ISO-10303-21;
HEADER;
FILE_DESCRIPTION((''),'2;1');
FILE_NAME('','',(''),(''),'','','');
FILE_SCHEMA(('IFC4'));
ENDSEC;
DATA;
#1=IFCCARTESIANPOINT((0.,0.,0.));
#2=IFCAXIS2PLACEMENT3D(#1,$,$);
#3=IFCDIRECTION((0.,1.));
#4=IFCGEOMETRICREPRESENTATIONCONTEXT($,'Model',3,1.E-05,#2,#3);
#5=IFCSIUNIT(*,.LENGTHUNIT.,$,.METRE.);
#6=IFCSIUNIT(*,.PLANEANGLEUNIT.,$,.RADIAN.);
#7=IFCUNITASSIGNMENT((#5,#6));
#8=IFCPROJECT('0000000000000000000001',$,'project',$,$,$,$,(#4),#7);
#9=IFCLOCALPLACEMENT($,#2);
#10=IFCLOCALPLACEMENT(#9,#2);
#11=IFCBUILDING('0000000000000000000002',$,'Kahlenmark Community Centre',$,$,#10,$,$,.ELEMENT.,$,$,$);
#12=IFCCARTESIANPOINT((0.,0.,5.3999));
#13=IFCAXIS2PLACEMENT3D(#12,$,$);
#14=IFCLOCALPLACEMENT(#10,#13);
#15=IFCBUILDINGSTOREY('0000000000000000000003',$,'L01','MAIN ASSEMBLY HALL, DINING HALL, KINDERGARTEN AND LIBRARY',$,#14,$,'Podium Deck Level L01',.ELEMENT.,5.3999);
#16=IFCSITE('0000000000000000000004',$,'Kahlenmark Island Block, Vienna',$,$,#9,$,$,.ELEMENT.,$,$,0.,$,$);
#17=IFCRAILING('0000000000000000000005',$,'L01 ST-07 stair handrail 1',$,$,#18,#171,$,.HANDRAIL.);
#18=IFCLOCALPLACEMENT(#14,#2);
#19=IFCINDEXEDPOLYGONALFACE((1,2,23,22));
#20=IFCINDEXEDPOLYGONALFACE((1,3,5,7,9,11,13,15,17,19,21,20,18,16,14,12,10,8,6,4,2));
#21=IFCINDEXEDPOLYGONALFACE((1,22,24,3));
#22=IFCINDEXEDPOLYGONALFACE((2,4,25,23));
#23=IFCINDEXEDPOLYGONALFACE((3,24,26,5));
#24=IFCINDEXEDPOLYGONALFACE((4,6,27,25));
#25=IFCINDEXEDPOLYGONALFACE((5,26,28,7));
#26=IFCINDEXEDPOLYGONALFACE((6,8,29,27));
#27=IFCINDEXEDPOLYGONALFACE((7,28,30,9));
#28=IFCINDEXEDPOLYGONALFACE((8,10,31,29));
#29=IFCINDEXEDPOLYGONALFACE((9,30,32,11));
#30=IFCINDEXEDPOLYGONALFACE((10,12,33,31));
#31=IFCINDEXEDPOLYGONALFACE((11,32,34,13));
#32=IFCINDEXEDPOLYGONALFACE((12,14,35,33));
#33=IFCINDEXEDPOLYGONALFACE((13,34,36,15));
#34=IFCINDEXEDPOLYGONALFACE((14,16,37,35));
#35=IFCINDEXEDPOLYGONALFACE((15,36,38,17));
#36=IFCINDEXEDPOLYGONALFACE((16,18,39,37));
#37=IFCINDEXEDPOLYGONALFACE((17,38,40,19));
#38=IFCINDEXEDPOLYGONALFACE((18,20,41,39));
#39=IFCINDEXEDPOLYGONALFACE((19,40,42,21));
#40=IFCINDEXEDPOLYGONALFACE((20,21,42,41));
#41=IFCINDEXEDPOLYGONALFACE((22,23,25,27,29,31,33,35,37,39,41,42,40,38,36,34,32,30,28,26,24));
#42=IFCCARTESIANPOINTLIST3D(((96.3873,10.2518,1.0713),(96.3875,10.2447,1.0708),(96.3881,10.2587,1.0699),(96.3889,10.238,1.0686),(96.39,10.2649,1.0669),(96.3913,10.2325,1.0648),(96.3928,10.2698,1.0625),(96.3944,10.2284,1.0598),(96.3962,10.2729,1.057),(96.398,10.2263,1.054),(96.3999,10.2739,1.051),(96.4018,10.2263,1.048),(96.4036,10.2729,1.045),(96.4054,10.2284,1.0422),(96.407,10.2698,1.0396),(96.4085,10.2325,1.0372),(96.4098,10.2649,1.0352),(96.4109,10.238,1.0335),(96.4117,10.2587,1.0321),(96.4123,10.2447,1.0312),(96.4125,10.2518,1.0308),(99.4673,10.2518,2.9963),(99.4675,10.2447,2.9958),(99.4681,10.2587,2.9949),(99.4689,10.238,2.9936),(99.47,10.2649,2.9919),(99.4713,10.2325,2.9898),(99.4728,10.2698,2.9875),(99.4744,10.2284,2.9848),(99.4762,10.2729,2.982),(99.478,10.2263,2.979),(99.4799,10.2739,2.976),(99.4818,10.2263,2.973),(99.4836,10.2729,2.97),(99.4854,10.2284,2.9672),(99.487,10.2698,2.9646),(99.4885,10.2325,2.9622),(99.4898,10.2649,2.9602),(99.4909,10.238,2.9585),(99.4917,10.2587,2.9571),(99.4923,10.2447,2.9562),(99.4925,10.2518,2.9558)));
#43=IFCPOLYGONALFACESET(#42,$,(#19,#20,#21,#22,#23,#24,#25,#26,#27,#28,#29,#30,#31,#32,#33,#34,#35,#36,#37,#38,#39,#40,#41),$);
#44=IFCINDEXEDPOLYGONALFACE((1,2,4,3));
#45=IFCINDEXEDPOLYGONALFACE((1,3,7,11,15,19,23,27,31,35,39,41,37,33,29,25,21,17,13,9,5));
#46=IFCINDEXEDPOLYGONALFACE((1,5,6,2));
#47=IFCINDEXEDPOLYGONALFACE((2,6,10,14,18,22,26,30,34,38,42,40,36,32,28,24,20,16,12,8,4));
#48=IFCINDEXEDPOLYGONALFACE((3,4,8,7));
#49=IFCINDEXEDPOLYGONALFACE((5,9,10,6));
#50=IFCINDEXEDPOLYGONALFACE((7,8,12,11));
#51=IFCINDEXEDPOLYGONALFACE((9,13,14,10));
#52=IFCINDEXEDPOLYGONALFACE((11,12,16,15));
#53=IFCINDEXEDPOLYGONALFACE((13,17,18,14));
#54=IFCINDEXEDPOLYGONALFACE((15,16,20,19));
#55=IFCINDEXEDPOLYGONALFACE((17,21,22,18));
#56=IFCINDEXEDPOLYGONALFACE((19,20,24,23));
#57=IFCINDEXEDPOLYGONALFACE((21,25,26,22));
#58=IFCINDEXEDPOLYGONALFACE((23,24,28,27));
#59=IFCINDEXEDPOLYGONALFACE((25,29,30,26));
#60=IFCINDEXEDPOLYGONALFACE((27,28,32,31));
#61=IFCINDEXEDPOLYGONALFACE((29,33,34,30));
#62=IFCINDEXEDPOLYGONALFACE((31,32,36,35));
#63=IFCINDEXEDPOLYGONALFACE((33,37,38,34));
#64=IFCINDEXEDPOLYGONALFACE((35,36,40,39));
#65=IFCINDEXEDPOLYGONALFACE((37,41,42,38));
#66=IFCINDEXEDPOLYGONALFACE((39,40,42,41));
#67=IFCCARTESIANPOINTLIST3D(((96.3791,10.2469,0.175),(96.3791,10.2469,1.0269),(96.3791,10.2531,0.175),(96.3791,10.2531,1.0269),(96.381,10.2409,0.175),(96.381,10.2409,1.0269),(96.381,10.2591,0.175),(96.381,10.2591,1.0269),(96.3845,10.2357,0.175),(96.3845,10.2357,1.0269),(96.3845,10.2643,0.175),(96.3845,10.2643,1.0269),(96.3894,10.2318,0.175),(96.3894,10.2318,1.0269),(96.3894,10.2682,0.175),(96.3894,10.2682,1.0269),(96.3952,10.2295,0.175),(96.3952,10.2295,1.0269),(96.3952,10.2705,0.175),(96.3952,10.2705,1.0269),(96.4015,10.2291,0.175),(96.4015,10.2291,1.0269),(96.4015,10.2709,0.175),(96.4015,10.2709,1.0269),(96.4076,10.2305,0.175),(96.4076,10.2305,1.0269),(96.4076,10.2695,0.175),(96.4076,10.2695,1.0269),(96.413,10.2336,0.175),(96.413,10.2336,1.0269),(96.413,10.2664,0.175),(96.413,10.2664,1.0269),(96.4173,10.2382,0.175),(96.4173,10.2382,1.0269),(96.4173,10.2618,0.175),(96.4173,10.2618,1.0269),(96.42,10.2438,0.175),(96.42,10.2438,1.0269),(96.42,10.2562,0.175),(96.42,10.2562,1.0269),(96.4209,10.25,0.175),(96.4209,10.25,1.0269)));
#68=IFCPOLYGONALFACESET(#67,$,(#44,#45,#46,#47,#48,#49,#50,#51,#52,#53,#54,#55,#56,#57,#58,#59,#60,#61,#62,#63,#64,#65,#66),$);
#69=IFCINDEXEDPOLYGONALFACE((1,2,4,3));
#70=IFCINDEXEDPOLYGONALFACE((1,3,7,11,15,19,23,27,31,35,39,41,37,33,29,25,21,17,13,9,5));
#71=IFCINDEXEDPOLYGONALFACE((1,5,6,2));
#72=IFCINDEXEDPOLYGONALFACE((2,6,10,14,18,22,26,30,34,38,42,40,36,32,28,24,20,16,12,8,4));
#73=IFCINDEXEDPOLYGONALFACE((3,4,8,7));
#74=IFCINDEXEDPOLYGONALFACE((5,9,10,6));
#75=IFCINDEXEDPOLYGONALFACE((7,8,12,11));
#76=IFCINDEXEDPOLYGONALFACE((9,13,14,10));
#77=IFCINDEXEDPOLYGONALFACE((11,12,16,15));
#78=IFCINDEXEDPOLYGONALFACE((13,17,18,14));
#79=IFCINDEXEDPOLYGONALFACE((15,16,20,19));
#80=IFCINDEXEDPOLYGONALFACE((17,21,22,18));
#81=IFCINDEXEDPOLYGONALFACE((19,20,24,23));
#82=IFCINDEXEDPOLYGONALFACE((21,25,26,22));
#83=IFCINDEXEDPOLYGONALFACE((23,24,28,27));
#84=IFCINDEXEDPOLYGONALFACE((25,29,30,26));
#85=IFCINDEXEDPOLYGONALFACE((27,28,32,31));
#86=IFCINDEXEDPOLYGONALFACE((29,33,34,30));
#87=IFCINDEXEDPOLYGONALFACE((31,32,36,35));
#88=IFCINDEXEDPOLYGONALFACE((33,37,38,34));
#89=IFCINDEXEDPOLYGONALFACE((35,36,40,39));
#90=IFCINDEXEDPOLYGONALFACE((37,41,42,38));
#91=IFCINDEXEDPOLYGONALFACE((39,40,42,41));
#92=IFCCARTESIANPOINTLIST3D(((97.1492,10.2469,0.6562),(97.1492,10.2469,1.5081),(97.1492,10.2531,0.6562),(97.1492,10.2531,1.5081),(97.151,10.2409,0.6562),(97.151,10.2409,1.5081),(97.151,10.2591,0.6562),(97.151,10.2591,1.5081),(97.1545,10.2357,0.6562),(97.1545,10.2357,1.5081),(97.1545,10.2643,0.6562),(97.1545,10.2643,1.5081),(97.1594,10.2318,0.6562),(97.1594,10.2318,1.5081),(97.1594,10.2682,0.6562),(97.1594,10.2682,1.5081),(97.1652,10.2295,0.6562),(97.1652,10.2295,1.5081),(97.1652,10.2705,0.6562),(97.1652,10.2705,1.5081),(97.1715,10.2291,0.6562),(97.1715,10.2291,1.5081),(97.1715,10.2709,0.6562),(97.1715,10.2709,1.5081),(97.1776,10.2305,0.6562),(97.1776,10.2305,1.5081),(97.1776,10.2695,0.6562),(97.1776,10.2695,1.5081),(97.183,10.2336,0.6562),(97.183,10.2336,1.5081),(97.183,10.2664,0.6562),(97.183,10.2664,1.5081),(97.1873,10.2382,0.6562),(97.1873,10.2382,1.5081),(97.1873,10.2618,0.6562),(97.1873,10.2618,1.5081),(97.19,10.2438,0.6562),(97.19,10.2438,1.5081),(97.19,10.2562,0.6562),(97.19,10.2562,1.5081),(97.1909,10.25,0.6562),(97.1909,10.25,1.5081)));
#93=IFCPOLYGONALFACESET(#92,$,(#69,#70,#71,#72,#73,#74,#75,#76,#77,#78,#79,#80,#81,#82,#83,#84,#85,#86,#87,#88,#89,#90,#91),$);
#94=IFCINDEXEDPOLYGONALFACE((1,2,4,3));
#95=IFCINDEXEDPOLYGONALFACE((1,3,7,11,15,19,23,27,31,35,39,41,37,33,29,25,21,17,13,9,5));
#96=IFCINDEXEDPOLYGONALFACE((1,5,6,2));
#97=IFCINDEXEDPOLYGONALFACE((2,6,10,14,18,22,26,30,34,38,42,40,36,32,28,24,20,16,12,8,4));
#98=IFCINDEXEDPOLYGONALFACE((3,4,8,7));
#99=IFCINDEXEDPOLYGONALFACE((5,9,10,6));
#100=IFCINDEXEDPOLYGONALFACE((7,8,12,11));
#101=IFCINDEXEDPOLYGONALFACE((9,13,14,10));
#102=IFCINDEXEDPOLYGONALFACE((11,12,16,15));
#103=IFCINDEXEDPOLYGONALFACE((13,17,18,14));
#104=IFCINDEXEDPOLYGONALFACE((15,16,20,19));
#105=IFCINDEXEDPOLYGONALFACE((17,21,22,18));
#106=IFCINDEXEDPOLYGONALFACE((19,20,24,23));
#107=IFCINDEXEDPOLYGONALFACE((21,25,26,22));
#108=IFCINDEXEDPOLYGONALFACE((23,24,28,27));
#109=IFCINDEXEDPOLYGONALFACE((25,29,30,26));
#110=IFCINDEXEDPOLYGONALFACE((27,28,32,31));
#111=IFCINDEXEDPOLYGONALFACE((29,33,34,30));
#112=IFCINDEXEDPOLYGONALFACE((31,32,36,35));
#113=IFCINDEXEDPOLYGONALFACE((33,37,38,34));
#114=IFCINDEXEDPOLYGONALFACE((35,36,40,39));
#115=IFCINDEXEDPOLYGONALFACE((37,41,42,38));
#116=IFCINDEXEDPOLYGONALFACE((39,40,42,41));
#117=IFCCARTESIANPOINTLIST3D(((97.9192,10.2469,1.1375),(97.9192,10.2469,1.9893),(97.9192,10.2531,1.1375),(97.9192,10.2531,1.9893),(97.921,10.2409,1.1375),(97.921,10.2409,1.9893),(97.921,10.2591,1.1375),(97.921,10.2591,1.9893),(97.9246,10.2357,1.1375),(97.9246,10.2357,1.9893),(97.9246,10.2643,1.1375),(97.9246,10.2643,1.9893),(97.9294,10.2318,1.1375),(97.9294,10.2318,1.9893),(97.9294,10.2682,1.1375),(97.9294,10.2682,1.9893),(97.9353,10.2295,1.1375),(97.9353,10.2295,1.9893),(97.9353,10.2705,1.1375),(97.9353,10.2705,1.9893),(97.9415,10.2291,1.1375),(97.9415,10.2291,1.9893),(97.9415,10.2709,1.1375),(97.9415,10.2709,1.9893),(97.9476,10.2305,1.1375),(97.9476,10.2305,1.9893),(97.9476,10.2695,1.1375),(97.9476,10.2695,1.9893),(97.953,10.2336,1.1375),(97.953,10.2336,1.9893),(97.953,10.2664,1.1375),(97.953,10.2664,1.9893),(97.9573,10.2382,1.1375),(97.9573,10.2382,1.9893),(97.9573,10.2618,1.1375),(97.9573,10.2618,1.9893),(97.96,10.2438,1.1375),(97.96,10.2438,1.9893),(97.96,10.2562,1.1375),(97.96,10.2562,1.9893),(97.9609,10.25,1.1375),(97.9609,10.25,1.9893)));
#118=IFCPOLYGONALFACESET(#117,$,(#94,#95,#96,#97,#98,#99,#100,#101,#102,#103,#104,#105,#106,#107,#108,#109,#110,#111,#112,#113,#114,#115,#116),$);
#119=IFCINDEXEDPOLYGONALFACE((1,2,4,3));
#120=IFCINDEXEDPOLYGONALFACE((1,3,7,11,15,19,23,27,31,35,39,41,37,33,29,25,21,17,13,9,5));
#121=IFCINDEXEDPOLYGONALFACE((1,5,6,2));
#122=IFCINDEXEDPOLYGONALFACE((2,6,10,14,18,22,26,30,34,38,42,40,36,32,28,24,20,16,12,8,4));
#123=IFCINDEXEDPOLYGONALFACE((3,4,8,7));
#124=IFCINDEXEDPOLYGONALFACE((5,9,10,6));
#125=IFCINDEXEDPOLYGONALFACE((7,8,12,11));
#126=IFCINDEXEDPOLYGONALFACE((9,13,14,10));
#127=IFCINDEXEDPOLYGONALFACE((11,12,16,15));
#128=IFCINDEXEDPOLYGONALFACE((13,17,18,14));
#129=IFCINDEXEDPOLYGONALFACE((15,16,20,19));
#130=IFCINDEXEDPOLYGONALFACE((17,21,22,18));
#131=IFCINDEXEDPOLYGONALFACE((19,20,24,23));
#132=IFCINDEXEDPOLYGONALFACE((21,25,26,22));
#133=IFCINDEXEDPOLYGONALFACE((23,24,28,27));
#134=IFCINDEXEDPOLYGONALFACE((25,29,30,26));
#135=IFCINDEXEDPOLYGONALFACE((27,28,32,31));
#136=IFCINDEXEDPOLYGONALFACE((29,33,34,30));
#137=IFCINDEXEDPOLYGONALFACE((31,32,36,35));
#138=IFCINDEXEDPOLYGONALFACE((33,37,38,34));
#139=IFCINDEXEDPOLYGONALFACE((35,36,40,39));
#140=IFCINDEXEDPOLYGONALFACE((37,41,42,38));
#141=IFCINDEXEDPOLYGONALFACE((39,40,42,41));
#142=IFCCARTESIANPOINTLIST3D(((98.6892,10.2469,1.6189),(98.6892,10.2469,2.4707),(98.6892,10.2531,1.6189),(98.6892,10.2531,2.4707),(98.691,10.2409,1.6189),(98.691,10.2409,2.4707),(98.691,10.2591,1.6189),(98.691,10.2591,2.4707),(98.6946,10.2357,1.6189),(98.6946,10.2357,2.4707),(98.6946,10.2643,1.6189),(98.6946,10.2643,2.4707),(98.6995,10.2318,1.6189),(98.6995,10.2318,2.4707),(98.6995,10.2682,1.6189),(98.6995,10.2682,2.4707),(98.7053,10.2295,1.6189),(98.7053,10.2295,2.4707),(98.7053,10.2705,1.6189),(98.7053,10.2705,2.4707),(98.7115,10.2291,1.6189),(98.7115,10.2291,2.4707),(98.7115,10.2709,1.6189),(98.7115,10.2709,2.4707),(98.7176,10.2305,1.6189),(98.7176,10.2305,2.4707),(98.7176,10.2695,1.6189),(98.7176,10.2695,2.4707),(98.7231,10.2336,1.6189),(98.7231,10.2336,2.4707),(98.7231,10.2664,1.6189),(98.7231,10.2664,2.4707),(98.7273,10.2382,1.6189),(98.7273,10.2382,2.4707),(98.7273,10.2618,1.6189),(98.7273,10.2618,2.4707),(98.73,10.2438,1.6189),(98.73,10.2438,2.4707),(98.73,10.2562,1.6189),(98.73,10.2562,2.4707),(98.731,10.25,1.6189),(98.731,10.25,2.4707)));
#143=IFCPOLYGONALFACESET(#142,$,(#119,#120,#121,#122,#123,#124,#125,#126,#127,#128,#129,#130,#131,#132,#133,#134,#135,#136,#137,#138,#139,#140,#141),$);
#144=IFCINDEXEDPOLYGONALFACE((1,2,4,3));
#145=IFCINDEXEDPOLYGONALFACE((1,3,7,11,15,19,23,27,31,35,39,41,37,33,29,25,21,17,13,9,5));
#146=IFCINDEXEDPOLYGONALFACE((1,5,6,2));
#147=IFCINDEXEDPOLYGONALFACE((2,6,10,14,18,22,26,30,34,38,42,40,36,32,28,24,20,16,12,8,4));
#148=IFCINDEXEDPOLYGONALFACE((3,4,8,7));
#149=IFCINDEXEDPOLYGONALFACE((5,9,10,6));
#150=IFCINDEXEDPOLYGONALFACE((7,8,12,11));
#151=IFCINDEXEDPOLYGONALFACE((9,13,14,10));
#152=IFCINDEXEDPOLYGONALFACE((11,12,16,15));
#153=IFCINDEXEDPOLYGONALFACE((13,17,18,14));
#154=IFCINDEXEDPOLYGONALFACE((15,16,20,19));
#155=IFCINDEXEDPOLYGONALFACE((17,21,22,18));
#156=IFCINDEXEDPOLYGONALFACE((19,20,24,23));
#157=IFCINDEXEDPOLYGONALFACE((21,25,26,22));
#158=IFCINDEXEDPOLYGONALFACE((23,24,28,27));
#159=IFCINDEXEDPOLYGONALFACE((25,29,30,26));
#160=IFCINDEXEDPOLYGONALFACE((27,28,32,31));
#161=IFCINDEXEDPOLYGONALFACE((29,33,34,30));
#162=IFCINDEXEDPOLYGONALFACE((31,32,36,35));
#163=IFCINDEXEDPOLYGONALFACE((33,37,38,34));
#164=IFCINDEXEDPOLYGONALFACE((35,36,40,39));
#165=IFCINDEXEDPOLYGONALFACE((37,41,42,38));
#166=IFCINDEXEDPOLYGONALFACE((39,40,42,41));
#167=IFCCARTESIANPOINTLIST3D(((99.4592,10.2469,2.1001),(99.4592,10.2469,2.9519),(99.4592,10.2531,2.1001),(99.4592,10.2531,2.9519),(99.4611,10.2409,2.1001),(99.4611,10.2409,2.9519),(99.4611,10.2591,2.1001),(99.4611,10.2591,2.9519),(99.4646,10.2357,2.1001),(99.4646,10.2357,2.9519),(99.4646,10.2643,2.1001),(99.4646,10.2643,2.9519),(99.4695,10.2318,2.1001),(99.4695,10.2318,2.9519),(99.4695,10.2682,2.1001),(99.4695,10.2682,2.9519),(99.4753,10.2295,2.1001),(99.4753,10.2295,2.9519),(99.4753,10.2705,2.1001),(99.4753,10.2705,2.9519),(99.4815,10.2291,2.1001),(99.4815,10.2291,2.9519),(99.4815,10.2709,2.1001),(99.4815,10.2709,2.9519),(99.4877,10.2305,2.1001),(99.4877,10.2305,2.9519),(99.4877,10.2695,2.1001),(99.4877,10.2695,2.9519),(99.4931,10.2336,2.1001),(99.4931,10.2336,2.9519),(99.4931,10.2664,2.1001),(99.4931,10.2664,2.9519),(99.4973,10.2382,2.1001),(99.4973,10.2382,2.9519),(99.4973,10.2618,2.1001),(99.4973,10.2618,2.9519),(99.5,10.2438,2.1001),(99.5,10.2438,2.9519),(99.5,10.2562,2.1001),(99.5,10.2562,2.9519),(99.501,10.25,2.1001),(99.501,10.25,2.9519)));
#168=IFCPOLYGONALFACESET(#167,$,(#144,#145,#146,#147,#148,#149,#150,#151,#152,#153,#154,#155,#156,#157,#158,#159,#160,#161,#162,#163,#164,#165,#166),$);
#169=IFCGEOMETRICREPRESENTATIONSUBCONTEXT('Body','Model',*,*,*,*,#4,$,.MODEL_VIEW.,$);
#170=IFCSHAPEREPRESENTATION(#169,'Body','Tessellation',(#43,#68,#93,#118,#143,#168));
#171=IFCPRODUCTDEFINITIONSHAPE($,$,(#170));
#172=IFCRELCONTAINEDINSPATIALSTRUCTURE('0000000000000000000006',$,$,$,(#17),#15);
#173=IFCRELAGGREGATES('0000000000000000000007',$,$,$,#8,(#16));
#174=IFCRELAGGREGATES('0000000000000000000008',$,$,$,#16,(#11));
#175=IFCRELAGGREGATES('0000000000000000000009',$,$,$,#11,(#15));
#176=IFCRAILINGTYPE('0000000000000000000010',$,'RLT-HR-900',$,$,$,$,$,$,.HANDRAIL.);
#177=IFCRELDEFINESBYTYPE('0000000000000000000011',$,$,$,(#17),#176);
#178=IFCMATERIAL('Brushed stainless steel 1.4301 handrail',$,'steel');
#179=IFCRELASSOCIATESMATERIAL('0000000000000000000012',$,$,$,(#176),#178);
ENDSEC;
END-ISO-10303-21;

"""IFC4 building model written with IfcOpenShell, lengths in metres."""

from ifc_helpers import new_model, si_unit, direction, frame, origin, origin_2d, place, context, subcontext, project, spatial, circle, extrude, material, type_object, element, save


model = new_model("IFC4")

# Units and contexts
model_context = context("Model", 3, precision=1e-05, world=origin(), true_north=direction((0.0, 1.0)))
body_context = subcontext(model_context, "Body", "Model", "MODEL_VIEW")
ifc_project = project(units=[si_unit("LENGTHUNIT", "METRE"), si_unit("PLANEANGLEUNIT", "RADIAN")], contexts=[model_context])

# Site, building, storey
site_placement = place(None, origin())
site = spatial("IfcSite", under=ifc_project, at=site_placement, Name="Kahlenmark Island Block, Vienna", CompositionType="ELEMENT", RefElevation=0.0)
building_placement = place(site_placement, origin())
building = spatial("IfcBuilding", under=site, at=building_placement, Name="Kahlenmark Community Centre", CompositionType="ELEMENT")
storey_placement = place(building_placement, frame((0.0, 0.0, 5.3999)))
storey = spatial("IfcBuildingStorey", under=building, at=storey_placement, Name="L01", Description="MAIN ASSEMBLY HALL, DINING HALL, KINDERGARTEN AND LIBRARY", LongName="Podium Deck Level L01", CompositionType="ELEMENT", Elevation=5.3999)

# Railing
ifc_material_1 = material(Name="Brushed stainless steel 1.4301 handrail", Category="steel")
railing_type_1 = type_object("IfcRailingType", Name="RLT-HR-900", PredefinedType="HANDRAIL", material=ifc_material_1)
railing_1_placement = place(storey_placement, frame((96.3999, 10.25, 0.175)))
element("IfcRailing", 1, at=railing_1_placement, inside=storey, type_object=railing_type_1, Name="L01 ST-07 stair handrail 1", PredefinedType="HANDRAIL", context=body_context, shape_type="SweptSolid", body=[
    extrude(circle(Radius=0.0239, at=origin_2d()), frame((0.0, 0.0, 0.876), z_axis=(0.847998, 0.0, 0.529999), x_axis=(0.0, 1.0, 0.0)), (0.0, 0.0, 1.0), 3.6321),
    extrude(circle(Radius=0.021, at=origin_2d()), origin(), (0.0, 0.0, 1.0), 0.8518),
    extrude(circle(Radius=0.021, at=origin_2d()), frame((0.77, 0.0, 0.4812)), (0.0, 0.0, 1.0), 0.8518),
    extrude(circle(Radius=0.021, at=origin_2d()), frame((1.54, 0.0, 0.9624)), (0.0, 0.0, 1.0), 0.8518),
    extrude(circle(Radius=0.021, at=origin_2d()), frame((2.3101, 0.0, 1.4438)), (0.0, 0.0, 1.0), 0.8518),
    extrude(circle(Radius=0.021, at=origin_2d()), frame((3.0801, 0.0, 1.925)), (0.0, 0.0, 1.0), 0.8518),
])

save(model, "model.ifc")
